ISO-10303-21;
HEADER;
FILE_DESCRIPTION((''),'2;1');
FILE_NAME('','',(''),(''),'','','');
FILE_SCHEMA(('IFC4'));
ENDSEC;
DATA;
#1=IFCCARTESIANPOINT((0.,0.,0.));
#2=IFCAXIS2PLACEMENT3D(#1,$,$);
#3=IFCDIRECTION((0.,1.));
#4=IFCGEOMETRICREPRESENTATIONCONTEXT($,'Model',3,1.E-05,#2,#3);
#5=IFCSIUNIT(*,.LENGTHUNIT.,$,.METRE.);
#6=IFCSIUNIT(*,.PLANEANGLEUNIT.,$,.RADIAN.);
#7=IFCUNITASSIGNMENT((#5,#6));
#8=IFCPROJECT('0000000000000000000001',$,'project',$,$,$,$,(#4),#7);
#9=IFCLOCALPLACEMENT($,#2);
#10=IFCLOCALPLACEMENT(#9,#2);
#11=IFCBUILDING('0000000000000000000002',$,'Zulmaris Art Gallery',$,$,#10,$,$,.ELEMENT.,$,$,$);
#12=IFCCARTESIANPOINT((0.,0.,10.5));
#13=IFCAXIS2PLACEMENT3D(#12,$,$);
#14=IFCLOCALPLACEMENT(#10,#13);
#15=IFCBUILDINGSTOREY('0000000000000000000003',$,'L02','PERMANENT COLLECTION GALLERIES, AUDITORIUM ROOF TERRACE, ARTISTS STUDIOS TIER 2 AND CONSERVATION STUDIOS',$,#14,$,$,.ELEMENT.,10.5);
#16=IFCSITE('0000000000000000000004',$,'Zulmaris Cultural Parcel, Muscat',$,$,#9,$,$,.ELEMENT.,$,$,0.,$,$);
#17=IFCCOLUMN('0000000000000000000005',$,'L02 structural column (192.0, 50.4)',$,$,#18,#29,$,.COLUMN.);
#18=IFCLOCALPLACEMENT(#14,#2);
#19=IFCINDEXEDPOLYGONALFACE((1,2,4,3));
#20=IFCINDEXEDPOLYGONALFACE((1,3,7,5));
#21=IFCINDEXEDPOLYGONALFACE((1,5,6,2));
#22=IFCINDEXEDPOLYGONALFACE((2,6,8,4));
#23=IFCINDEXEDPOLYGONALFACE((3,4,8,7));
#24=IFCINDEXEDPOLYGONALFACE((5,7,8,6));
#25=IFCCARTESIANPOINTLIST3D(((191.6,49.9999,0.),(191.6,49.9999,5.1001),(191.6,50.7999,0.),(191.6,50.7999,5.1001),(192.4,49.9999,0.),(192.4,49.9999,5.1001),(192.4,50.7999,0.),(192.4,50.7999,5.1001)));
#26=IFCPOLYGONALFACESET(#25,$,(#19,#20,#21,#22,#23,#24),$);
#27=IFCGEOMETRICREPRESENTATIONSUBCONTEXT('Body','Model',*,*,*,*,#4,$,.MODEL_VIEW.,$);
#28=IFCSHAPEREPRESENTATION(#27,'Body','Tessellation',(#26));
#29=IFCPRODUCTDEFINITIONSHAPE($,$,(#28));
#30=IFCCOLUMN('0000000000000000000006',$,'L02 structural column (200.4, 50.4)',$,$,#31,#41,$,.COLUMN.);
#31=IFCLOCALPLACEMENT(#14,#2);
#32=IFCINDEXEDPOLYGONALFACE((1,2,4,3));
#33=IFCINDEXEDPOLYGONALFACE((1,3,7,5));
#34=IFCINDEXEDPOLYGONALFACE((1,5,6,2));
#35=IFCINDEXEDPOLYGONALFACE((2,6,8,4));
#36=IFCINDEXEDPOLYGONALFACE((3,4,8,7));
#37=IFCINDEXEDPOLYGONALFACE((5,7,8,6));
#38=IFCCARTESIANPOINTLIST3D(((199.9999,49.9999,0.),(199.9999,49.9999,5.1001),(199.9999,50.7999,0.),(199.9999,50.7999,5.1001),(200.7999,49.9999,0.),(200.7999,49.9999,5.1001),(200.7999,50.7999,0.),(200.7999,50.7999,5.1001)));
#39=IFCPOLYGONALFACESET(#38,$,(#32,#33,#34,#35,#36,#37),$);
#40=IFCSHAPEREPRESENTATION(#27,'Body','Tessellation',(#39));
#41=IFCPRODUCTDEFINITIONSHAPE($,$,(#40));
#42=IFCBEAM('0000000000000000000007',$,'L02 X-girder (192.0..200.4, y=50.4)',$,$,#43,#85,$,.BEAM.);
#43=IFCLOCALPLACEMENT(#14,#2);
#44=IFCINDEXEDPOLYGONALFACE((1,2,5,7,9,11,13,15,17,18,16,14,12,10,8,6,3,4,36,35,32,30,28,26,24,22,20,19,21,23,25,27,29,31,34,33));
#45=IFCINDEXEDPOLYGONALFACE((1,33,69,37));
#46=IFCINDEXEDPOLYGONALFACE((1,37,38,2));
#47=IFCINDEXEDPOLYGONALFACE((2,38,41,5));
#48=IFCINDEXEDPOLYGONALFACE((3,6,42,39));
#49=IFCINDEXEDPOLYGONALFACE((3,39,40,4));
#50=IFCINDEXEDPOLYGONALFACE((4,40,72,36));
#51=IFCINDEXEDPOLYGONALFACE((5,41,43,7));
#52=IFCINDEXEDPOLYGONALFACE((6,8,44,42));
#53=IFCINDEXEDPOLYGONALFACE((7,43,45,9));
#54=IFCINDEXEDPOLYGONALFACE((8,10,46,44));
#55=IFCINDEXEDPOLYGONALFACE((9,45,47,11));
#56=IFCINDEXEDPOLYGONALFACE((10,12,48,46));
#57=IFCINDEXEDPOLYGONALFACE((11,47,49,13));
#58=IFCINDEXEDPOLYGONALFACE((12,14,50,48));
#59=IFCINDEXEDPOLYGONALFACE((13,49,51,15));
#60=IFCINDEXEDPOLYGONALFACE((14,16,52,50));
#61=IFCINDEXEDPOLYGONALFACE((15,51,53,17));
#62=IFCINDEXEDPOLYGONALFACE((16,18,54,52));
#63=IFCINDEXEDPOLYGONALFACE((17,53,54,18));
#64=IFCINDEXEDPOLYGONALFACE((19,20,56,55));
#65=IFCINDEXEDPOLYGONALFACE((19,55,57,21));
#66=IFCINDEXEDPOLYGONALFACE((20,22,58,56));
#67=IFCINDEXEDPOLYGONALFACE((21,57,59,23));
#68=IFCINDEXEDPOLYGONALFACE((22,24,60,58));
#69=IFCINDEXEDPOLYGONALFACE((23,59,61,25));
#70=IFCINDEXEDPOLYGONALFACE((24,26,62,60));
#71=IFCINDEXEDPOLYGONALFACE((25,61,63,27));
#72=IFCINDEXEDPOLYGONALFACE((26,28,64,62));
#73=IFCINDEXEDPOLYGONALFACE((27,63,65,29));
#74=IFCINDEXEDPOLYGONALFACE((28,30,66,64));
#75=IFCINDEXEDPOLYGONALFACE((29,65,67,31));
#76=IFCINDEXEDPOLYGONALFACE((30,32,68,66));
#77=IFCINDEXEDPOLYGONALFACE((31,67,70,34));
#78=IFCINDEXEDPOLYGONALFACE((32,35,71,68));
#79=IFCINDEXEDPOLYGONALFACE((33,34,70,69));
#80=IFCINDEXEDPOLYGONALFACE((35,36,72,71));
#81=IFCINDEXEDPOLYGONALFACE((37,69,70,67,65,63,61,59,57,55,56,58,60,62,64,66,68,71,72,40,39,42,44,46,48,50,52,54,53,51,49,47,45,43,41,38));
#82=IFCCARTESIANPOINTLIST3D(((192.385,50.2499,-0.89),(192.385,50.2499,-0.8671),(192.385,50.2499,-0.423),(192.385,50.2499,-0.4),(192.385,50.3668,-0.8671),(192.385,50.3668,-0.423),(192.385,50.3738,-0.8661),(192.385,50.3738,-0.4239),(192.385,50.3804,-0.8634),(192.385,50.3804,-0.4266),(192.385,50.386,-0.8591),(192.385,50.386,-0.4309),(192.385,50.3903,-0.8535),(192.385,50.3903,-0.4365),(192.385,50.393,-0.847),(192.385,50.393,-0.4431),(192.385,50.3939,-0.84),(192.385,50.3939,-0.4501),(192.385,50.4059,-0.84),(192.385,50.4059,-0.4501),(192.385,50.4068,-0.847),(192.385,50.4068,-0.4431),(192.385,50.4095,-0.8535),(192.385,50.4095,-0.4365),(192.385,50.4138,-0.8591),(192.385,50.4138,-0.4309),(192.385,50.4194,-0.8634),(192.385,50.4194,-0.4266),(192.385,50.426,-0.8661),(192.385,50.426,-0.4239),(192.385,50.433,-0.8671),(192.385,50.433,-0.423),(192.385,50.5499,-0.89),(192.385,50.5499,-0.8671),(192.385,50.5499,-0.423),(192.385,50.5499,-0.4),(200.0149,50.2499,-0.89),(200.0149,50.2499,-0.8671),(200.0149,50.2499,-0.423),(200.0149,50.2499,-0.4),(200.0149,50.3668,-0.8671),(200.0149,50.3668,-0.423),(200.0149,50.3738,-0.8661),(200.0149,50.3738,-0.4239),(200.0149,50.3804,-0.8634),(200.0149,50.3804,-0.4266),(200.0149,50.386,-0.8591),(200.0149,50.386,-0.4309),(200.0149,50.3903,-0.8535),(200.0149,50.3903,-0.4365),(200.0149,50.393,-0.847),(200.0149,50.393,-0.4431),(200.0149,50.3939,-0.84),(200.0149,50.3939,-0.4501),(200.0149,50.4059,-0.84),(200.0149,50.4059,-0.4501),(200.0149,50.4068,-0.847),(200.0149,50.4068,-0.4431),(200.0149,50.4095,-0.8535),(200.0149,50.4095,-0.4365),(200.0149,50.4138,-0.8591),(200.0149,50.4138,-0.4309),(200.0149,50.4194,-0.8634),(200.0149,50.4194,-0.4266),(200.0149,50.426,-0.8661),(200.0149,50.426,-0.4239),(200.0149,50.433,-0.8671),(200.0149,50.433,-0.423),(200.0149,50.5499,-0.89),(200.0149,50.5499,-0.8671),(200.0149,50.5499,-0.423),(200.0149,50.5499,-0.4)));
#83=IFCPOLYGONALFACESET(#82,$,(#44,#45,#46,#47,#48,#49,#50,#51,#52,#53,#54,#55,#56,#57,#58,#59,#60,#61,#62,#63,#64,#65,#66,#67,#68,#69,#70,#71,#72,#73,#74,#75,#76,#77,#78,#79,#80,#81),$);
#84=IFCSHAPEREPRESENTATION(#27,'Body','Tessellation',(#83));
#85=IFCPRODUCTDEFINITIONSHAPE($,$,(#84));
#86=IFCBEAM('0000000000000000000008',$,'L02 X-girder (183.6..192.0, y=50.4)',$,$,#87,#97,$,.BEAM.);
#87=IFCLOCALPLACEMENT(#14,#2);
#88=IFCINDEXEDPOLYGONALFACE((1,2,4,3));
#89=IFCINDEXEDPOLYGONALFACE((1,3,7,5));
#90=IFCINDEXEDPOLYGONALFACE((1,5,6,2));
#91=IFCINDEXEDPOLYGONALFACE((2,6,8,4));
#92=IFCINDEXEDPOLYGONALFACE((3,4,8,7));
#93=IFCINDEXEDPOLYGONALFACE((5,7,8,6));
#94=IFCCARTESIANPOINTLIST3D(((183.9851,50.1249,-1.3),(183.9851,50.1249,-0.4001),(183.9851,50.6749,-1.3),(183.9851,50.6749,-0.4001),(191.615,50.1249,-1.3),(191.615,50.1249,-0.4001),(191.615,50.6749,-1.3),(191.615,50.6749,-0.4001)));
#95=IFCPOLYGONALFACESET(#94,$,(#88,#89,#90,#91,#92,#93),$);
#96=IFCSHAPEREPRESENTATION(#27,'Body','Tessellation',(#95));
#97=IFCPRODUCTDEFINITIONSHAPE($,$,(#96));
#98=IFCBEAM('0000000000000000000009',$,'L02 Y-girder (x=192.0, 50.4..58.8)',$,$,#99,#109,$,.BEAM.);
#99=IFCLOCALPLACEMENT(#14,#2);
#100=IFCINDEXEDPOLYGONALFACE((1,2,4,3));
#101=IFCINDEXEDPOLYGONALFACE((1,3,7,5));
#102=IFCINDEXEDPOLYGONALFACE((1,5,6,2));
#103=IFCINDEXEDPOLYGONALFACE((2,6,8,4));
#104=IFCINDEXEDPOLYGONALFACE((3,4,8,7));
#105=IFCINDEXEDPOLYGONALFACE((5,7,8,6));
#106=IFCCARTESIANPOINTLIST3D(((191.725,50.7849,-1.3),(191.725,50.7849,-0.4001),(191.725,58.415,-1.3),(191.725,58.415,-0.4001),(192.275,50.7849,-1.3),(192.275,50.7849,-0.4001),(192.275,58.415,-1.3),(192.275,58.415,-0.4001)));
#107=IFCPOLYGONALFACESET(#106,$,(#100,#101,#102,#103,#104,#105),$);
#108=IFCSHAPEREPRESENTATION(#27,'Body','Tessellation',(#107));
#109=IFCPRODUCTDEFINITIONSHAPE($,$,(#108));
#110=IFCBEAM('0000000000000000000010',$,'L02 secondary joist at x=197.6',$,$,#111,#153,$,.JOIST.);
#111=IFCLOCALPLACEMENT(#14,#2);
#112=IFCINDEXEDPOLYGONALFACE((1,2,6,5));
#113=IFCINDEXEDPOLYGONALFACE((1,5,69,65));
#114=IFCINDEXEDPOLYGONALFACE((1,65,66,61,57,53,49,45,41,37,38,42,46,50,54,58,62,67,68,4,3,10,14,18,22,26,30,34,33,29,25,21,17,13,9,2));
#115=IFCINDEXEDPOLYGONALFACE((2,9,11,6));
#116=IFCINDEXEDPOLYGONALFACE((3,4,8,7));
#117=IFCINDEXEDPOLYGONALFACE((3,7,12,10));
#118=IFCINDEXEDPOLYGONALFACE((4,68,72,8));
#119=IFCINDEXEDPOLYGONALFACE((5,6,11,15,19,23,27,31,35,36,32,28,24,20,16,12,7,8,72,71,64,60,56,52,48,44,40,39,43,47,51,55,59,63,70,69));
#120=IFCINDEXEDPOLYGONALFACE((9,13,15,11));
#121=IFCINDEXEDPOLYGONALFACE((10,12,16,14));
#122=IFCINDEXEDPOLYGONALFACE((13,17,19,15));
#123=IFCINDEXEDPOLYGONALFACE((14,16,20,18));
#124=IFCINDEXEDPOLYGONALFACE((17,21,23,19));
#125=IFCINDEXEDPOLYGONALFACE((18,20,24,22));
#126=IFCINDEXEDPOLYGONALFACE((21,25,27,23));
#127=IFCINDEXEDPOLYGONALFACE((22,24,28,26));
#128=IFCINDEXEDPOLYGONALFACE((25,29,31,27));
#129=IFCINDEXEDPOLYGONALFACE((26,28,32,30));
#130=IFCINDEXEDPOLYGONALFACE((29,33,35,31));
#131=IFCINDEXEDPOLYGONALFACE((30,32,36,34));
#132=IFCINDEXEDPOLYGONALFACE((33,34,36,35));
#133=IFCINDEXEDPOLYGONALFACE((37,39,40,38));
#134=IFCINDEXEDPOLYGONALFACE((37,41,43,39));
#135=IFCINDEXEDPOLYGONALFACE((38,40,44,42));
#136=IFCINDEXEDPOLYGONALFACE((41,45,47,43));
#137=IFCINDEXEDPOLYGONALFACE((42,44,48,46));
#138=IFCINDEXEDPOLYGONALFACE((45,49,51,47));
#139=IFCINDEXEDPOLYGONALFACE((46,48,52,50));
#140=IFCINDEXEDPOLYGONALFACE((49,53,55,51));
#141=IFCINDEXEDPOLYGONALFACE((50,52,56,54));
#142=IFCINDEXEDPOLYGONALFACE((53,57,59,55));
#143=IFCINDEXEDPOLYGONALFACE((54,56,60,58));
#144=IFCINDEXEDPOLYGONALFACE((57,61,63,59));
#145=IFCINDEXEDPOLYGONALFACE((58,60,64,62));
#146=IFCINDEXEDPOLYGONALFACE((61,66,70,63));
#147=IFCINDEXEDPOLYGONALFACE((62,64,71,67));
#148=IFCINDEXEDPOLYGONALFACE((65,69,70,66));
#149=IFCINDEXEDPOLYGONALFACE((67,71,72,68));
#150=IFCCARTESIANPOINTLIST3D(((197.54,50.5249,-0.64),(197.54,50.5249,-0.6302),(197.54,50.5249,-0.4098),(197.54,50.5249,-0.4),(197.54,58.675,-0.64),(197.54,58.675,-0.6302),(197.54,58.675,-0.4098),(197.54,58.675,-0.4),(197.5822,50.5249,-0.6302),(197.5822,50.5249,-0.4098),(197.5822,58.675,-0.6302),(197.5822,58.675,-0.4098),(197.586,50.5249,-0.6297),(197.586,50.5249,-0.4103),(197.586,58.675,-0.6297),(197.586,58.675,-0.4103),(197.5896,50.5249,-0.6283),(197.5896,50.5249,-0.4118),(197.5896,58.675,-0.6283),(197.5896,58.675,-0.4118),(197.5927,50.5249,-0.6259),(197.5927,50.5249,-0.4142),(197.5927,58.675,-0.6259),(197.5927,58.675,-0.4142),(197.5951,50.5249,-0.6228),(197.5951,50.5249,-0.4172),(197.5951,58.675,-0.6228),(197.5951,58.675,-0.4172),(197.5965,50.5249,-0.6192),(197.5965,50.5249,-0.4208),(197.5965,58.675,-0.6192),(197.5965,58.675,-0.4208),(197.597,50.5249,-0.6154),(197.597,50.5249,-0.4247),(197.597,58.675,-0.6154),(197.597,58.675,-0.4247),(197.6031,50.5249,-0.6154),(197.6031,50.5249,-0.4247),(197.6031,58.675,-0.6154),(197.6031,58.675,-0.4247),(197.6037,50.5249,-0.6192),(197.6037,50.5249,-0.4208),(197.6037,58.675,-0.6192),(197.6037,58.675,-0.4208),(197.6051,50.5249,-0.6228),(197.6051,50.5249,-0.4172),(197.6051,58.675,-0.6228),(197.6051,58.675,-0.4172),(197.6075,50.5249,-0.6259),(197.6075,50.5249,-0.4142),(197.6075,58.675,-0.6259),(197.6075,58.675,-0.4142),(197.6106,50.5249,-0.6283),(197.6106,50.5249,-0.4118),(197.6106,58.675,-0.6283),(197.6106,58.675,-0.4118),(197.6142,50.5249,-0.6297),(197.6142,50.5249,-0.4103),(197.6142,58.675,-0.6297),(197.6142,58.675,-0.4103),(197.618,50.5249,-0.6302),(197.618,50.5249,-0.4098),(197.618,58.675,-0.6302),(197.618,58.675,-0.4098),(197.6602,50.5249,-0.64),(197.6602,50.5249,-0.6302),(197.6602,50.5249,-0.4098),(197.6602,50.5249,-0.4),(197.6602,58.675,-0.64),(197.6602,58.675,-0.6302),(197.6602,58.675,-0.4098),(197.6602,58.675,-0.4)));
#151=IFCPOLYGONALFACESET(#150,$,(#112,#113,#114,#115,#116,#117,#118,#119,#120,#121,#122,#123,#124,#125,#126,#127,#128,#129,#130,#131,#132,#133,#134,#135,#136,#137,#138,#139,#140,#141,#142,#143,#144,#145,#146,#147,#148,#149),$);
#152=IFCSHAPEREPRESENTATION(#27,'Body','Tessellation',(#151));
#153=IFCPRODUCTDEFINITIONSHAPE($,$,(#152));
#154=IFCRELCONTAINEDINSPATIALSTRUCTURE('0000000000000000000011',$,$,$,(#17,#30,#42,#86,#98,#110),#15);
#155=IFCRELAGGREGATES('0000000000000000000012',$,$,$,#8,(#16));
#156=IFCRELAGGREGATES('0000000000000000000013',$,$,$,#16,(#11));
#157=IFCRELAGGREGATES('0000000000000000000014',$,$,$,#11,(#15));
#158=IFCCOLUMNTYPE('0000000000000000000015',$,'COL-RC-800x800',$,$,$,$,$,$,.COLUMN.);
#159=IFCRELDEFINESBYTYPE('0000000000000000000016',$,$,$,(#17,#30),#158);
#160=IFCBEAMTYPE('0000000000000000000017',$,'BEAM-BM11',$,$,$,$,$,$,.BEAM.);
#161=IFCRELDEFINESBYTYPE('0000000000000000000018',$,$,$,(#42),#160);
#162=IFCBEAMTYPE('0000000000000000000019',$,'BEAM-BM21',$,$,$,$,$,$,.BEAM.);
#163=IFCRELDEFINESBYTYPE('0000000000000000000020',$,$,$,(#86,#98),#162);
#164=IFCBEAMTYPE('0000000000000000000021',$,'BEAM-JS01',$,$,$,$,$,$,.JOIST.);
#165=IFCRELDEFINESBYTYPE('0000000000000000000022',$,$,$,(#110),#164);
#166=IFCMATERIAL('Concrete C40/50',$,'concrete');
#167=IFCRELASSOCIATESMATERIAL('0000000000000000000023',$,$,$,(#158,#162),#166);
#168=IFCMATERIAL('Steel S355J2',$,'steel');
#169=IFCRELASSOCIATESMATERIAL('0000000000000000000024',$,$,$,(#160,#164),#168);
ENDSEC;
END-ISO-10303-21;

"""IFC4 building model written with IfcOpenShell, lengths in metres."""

from ifc_helpers import new_model, si_unit, direction, frame, origin, origin_2d, place, context, subcontext, project, spatial, rectangle, i_section, extrude, material, material_profile, profile_set, type_object, element, save


model = new_model("IFC4")

# Units and contexts
model_context = context("Model", 3, precision=1e-05, world=origin(), true_north=direction((0.0, 1.0)))
body_context = subcontext(model_context, "Body", "Model", "MODEL_VIEW")
ifc_project = project(units=[si_unit("LENGTHUNIT", "METRE"), si_unit("PLANEANGLEUNIT", "RADIAN")], contexts=[model_context])

# Site, building, storey
site_placement = place(None, origin())
site = spatial("IfcSite", under=ifc_project, at=site_placement, Name="Zulmaris Cultural Parcel, Muscat", CompositionType="ELEMENT", RefElevation=0.0)
building_placement = place(site_placement, origin())
building = spatial("IfcBuilding", under=site, at=building_placement, Name="Zulmaris Art Gallery", CompositionType="ELEMENT")
storey_placement = place(building_placement, frame((0.0, 0.0, 10.5)))
storey = spatial("IfcBuildingStorey", under=building, at=storey_placement, Name="L02", Description="PERMANENT COLLECTION GALLERIES, AUDITORIUM ROOF TERRACE, ARTISTS STUDIOS TIER 2 AND CONSERVATION STUDIOS", CompositionType="ELEMENT", Elevation=10.5)

# Columns
ifc_material_1 = material(Name="Concrete C40/50", Category="concrete")
ifc_material_profile_1 = material_profile(ifc_material_1, rectangle(XDim=0.8, YDim=0.8, at=origin_2d()), Name="RC 800x800")
ifc_profile_set_1 = profile_set([ifc_material_profile_1], Name="Concrete C40/50")
column_type = type_object("IfcColumnType", Name="COL-RC-800x800", PredefinedType="COLUMN", material=ifc_profile_set_1)
for number, where, z_axis, x_axis, name in (
    (1, (192.0, 50.3999, 0.0), (0.0, 0.0, 1.0), (1.0, 0.0, 0.0), "L02 structural column (192.0, 50.4)"),
    (2, (200.3999, 50.3999, 0.0), (0.0, 0.0, 1.0), (1.0, 0.0, 0.0), "L02 structural column (200.4, 50.4)"),
):
    element("IfcColumn", number, at=place(storey_placement, frame(where, z_axis=z_axis, x_axis=x_axis)), inside=storey, type_object=column_type, Name=name, PredefinedType="COLUMN", context=body_context, shape_type="SweptSolid", body=[
        extrude(rectangle(XDim=0.8, YDim=0.8, at=origin_2d()), origin(), (0.0, 0.0, 1.0), 5.1001),
    ])

# Beams
ifc_material_2 = material(Name="Steel S355J2", Category="steel")
ifc_material_profile_2 = material_profile(ifc_material_2, i_section(OverallWidth=0.3, OverallDepth=0.49, WebThickness=0.012, FlangeThickness=0.0229, FilletRadius=0.0271, at=origin_2d()), Name="HEA 500")
ifc_profile_set_2 = profile_set([ifc_material_profile_2], Name="Steel S355J2")
beam_type_1 = type_object("IfcBeamType", Name="BEAM-BM11", PredefinedType="BEAM", material=ifc_profile_set_2)
beam_1_placement = place(storey_placement, frame((192.385, 50.3999, -0.645), z_axis=(1.0, 0.0, 0.0), x_axis=(0.0, 1.0, 0.0)))
element("IfcBeam", 3, at=beam_1_placement, inside=storey, type_object=beam_type_1, Name="L02 X-girder (192.0..200.4, y=50.4)", PredefinedType="BEAM", context=body_context, shape_type="SweptSolid", body=[
    extrude(i_section(OverallWidth=0.3, OverallDepth=0.49, WebThickness=0.012, FlangeThickness=0.0229, FilletRadius=0.0271, at=origin_2d()), origin(), (0.0, 0.0, 1.0), 7.6299),
])
ifc_material_profile_3 = material_profile(ifc_material_1, rectangle(XDim=0.55, YDim=0.8999, at=origin_2d()), Name="RC 550x900")
ifc_profile_set_3 = profile_set([ifc_material_profile_3], Name="Concrete C40/50")
beam_type_2 = type_object("IfcBeamType", Name="BEAM-BM21", PredefinedType="BEAM", material=ifc_profile_set_3)
beam_2_placement = place(storey_placement, frame((183.9851, 50.3999, -0.8501), z_axis=(1.0, 0.0, 0.0), x_axis=(0.0, 1.0, 0.0)))
element("IfcBeam", 4, at=beam_2_placement, inside=storey, type_object=beam_type_2, Name="L02 X-girder (183.6..192.0, y=50.4)", PredefinedType="BEAM", context=body_context, shape_type="SweptSolid", body=[
    extrude(rectangle(XDim=0.55, YDim=0.8999, at=origin_2d()), origin(), (0.0, 0.0, 1.0), 7.6299),
])
beam_3_placement = place(storey_placement, frame((192.0, 50.7849, -0.8501), z_axis=(0.0, 1.0, 0.0), x_axis=(-1.0, 0.0, 0.0)))
element("IfcBeam", 5, at=beam_3_placement, inside=storey, type_object=beam_type_2, Name="L02 Y-girder (x=192.0, 50.4..58.8)", PredefinedType="BEAM", context=body_context, shape_type="SweptSolid", body=[
    extrude(rectangle(XDim=0.55, YDim=0.8999, at=origin_2d()), origin(), (0.0, 0.0, 1.0), 7.6301),
])
ifc_material_profile_4 = material_profile(ifc_material_2, i_section(OverallWidth=0.1201, OverallDepth=0.24, WebThickness=0.0061, FlangeThickness=0.0098, FilletRadius=0.0149, at=origin_2d()), Name="IPE 240")
ifc_profile_set_4 = profile_set([ifc_material_profile_4], Name="Steel S355J2")
beam_type_3 = type_object("IfcBeamType", Name="BEAM-JS01", PredefinedType="JOIST", material=ifc_profile_set_4)
beam_4_placement = place(storey_placement, frame((197.6001, 50.5249, -0.52), z_axis=(0.0, 1.0, 0.0), x_axis=(-1.0, 0.0, 0.0)))
element("IfcBeam", 6, at=beam_4_placement, inside=storey, type_object=beam_type_3, Name="L02 secondary joist at x=197.6", PredefinedType="JOIST", context=body_context, shape_type="SweptSolid", body=[
    extrude(i_section(OverallWidth=0.1201, OverallDepth=0.24, WebThickness=0.0061, FlangeThickness=0.0098, FilletRadius=0.0149, at=origin_2d()), origin(), (0.0, 0.0, 1.0), 8.1501),
])

save(model, "model.ifc")
